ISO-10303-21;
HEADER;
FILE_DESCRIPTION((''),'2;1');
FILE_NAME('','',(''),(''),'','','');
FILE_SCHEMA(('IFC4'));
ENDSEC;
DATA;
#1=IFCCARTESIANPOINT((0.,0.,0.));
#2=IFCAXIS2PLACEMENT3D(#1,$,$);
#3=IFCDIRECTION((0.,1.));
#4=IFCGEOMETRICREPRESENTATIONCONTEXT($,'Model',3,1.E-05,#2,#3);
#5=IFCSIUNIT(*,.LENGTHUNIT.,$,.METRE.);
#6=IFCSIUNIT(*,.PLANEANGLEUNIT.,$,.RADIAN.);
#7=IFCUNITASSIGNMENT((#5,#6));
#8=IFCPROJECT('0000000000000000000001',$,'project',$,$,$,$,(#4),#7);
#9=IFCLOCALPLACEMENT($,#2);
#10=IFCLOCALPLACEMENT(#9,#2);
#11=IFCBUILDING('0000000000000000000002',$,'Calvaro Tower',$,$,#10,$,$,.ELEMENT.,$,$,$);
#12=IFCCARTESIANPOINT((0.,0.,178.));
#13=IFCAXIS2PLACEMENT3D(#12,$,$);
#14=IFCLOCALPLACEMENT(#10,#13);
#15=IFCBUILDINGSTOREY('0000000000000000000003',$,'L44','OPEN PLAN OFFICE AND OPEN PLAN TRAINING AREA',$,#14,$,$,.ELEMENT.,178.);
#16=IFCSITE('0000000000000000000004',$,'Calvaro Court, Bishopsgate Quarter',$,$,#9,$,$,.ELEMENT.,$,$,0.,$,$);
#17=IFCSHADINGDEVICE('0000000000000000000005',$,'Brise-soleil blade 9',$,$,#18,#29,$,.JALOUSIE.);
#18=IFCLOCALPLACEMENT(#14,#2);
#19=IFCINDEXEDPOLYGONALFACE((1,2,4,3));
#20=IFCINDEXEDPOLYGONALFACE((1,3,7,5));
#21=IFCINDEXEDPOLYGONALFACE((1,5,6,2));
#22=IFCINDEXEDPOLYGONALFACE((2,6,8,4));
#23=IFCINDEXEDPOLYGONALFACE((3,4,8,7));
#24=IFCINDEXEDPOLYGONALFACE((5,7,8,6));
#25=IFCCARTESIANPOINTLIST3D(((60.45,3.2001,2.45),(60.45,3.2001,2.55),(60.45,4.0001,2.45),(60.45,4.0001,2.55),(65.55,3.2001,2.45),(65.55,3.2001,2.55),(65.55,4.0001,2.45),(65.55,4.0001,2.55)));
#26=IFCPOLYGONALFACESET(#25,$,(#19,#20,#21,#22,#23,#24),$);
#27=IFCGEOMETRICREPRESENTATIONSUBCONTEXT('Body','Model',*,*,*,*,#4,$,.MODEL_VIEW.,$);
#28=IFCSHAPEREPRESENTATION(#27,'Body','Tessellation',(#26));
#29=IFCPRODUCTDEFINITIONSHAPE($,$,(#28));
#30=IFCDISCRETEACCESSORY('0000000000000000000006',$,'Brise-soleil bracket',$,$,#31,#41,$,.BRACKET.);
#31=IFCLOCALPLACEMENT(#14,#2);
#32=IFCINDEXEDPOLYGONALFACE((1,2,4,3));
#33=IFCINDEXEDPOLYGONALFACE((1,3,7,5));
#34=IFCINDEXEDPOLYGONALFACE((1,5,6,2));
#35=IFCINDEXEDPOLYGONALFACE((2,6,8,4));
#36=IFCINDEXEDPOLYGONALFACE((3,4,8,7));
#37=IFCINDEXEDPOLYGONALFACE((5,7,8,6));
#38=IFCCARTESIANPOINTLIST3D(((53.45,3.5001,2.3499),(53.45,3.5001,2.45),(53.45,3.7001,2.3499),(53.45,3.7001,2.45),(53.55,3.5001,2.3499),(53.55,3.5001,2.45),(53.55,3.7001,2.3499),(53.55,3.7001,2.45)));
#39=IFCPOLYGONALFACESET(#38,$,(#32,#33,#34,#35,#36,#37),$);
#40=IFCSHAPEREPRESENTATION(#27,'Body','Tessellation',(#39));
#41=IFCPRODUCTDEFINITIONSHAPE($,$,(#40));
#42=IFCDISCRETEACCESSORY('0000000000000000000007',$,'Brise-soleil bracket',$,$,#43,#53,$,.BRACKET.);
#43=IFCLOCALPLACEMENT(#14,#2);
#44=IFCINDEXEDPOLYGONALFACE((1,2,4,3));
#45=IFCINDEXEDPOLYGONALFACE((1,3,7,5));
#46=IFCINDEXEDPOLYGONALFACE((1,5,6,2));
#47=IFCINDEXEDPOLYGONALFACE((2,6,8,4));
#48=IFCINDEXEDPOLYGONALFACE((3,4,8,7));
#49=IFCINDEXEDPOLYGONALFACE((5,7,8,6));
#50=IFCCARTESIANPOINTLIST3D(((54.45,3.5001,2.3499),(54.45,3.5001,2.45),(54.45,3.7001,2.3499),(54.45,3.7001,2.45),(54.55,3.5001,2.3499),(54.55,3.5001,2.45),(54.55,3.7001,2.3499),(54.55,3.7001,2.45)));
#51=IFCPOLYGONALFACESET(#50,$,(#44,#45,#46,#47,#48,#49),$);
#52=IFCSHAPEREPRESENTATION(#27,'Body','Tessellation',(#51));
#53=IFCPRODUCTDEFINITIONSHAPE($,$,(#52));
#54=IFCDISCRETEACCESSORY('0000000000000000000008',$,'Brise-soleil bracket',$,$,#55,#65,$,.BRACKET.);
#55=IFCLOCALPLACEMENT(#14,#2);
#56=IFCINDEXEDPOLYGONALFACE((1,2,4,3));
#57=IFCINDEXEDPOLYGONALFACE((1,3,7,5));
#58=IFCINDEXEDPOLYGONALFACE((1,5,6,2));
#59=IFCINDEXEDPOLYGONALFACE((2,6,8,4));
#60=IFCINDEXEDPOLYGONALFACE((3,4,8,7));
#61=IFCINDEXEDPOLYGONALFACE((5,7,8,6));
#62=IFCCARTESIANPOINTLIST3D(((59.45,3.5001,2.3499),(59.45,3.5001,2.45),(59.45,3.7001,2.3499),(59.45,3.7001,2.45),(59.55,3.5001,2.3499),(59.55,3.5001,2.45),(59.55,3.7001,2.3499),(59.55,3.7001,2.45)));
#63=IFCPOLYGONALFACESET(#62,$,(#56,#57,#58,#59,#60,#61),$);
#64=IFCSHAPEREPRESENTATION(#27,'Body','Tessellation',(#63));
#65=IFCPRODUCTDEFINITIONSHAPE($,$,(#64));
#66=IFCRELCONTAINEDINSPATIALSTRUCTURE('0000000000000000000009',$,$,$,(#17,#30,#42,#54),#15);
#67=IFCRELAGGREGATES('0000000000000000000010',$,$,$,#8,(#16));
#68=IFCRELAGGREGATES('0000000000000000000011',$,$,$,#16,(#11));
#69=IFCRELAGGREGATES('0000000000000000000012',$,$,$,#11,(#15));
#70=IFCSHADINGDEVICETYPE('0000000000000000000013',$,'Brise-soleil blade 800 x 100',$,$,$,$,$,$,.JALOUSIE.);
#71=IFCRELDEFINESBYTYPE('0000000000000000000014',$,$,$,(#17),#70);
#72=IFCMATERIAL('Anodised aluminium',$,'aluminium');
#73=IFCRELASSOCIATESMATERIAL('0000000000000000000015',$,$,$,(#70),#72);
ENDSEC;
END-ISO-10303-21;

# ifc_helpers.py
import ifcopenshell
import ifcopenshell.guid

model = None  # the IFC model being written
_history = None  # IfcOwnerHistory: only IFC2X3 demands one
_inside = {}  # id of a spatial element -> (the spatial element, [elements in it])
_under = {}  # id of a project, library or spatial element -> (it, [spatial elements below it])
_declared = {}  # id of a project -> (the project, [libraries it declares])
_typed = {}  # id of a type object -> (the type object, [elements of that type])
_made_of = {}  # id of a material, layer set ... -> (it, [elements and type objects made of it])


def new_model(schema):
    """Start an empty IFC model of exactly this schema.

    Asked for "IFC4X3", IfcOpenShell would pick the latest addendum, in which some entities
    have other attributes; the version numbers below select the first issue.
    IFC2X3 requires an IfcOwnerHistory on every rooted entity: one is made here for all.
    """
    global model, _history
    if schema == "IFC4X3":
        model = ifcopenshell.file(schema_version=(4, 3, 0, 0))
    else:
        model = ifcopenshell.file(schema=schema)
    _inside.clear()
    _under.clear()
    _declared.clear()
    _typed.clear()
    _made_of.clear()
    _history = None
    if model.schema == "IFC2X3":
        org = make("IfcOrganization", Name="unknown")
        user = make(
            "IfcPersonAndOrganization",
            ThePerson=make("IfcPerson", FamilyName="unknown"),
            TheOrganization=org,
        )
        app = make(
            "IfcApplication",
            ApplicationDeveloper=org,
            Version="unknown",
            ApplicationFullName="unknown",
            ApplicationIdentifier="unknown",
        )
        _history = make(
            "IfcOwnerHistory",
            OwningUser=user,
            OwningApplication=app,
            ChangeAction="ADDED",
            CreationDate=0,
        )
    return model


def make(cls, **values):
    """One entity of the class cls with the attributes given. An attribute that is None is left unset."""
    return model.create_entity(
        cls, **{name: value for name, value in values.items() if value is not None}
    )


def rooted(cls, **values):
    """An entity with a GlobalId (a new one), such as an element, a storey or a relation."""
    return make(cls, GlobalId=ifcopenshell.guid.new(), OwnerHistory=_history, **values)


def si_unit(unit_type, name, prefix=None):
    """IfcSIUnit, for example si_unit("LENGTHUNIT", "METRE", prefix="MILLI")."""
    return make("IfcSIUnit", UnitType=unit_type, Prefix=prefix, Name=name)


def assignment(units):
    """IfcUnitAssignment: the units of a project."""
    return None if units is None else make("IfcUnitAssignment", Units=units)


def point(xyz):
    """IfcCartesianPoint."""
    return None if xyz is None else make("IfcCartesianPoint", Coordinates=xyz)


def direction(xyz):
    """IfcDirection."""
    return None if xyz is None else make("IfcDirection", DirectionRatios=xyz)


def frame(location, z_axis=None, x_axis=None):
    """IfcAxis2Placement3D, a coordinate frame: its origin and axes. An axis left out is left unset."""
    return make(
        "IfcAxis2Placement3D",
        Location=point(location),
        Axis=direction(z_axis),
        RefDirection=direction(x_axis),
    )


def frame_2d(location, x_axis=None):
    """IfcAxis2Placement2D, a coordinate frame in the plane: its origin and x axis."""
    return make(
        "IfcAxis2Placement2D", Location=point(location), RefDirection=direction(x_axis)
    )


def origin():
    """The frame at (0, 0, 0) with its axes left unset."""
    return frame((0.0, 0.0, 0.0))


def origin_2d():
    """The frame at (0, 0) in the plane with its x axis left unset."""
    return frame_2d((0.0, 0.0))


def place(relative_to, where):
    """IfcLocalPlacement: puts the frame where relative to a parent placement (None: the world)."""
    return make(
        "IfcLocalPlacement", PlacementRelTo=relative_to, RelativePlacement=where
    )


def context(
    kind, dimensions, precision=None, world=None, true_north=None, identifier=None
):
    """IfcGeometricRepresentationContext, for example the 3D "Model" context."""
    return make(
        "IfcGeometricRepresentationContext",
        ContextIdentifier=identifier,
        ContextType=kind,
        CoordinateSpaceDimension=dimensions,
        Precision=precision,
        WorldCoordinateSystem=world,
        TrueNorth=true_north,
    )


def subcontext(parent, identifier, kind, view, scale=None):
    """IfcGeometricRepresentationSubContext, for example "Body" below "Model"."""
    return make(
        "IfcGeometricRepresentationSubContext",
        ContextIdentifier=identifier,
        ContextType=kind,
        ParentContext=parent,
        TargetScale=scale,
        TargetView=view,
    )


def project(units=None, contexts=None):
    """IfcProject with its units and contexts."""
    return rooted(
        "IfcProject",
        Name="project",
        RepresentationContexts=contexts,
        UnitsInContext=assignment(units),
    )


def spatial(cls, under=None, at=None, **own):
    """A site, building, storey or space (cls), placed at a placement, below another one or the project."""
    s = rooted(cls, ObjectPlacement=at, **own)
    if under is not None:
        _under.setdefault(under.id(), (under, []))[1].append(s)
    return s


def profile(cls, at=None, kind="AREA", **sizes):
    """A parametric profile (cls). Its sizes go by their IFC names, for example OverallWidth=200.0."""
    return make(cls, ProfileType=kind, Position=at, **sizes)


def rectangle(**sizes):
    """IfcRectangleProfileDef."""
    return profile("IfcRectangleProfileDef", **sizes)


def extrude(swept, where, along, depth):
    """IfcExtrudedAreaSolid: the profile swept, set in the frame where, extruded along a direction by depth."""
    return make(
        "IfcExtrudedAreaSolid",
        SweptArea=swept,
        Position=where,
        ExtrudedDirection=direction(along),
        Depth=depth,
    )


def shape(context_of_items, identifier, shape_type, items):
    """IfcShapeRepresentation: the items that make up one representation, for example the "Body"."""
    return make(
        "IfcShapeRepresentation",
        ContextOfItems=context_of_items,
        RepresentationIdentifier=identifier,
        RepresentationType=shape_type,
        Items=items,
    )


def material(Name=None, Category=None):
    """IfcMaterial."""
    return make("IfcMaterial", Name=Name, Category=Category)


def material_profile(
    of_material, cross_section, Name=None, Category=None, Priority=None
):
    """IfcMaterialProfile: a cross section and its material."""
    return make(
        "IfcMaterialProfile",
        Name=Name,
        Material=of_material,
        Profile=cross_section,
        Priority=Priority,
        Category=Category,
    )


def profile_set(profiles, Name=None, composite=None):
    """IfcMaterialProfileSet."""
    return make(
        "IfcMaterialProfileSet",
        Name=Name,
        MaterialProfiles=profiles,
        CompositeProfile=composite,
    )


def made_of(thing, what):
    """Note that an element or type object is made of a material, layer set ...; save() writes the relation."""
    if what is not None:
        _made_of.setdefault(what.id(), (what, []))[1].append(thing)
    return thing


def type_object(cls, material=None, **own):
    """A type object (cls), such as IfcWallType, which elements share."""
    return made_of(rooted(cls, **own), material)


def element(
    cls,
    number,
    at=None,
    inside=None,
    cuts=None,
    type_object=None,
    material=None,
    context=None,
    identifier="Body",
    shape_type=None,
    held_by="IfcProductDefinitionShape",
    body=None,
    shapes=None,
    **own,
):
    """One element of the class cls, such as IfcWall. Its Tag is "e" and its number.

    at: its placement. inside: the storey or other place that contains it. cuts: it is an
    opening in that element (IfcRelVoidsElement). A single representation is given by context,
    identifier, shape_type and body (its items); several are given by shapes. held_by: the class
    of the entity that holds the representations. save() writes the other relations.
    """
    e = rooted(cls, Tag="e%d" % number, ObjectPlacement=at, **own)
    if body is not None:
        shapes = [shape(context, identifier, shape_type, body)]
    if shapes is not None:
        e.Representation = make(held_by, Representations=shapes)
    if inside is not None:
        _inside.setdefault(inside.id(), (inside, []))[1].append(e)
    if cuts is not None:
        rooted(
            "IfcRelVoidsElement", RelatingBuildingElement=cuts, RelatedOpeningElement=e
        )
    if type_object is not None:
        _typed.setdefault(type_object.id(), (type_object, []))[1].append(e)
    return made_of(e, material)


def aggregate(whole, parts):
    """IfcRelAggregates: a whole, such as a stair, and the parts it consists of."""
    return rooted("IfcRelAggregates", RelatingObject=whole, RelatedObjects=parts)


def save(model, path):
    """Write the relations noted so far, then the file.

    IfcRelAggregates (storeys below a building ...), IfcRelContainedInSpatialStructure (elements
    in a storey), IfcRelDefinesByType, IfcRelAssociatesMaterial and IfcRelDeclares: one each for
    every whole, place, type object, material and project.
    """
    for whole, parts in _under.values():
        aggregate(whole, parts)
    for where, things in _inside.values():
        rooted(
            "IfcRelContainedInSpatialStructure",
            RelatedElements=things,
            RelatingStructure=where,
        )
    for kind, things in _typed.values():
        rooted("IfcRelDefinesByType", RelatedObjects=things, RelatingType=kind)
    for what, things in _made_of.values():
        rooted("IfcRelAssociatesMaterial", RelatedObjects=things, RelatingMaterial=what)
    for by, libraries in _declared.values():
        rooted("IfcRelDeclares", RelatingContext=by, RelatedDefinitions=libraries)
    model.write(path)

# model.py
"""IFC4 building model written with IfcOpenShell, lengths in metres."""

from ifc_helpers import new_model, si_unit, direction, frame, origin, origin_2d, place, context, subcontext, project, spatial, rectangle, extrude, material, material_profile, profile_set, type_object, element, save


model = new_model("IFC4")

# Units and contexts
model_context = context("Model", 3, precision=1e-05, world=origin(), true_north=direction((0.0, 1.0)))
body_context = subcontext(model_context, "Body", "Model", "MODEL_VIEW")
ifc_project = project(units=[si_unit("LENGTHUNIT", "METRE"), si_unit("PLANEANGLEUNIT", "RADIAN")], contexts=[model_context])

# Site, building, storey
site_placement = place(None, origin())
site = spatial("IfcSite", under=ifc_project, at=site_placement, Name="Calvaro Court, Bishopsgate Quarter", CompositionType="ELEMENT", RefElevation=0.0)
building_placement = place(site_placement, origin())
building = spatial("IfcBuilding", under=site, at=building_placement, Name="Calvaro Tower", CompositionType="ELEMENT")
storey_placement = place(building_placement, frame((0.0, 0.0, 178.0)))
storey = spatial("IfcBuildingStorey", under=building, at=storey_placement, Name="L44", Description="OPEN PLAN OFFICE AND OPEN PLAN TRAINING AREA", CompositionType="ELEMENT", Elevation=178.0)

# Shading device
ifc_material_1 = material(Name="Anodised aluminium", Category="aluminium")
ifc_material_profile_1 = material_profile(ifc_material_1, rectangle(XDim=0.8, YDim=0.1001, at=origin_2d()), Name="Brise-soleil blade 800 x 100")
ifc_profile_set_1 = profile_set([ifc_material_profile_1], Name="Anodised aluminium")
shading_device_type = type_object("IfcShadingDeviceType", Name="Brise-soleil blade 800 x 100", PredefinedType="JALOUSIE", material=ifc_profile_set_1)
for number, where, z_axis, x_axis, name in (
    (1, (60.45, 3.6001, 2.5), (1.0, 0.0, 0.0), (0.0, 1.0, 0.0), "Brise-soleil blade 9"),
):
    element("IfcShadingDevice", number, at=place(storey_placement, frame(where, z_axis=z_axis, x_axis=x_axis)), inside=storey, type_object=shading_device_type, Name=name, PredefinedType="JALOUSIE", context=body_context, shape_type="SweptSolid", body=[
        extrude(rectangle(XDim=0.8, YDim=0.1001, at=origin_2d()), origin(), (0.0, 0.0, 1.0), 5.1001),
    ])

# Discrete accessories
for number, where, z_axis, x_axis, name in (
    (2, (53.5, 3.6001, 2.3499), (0.0, 0.0, 1.0), (1.0, 0.0, 0.0), "Brise-soleil bracket"),
    (3, (54.5, 3.6001, 2.3499), (0.0, 0.0, 1.0), (1.0, 0.0, 0.0), "Brise-soleil bracket"),
    (4, (59.5, 3.6001, 2.3499), (0.0, 0.0, 1.0), (1.0, 0.0, 0.0), "Brise-soleil bracket"),
):
    element("IfcDiscreteAccessory", number, at=place(storey_placement, frame(where, z_axis=z_axis, x_axis=x_axis)), inside=storey, Name=name, PredefinedType="BRACKET", context=body_context, shape_type="SweptSolid", body=[
        extrude(rectangle(XDim=0.1001, YDim=0.2, at=origin_2d()), origin(), (0.0, 0.0, 1.0), 0.1001),
    ])

save(model, "model.ifc")
